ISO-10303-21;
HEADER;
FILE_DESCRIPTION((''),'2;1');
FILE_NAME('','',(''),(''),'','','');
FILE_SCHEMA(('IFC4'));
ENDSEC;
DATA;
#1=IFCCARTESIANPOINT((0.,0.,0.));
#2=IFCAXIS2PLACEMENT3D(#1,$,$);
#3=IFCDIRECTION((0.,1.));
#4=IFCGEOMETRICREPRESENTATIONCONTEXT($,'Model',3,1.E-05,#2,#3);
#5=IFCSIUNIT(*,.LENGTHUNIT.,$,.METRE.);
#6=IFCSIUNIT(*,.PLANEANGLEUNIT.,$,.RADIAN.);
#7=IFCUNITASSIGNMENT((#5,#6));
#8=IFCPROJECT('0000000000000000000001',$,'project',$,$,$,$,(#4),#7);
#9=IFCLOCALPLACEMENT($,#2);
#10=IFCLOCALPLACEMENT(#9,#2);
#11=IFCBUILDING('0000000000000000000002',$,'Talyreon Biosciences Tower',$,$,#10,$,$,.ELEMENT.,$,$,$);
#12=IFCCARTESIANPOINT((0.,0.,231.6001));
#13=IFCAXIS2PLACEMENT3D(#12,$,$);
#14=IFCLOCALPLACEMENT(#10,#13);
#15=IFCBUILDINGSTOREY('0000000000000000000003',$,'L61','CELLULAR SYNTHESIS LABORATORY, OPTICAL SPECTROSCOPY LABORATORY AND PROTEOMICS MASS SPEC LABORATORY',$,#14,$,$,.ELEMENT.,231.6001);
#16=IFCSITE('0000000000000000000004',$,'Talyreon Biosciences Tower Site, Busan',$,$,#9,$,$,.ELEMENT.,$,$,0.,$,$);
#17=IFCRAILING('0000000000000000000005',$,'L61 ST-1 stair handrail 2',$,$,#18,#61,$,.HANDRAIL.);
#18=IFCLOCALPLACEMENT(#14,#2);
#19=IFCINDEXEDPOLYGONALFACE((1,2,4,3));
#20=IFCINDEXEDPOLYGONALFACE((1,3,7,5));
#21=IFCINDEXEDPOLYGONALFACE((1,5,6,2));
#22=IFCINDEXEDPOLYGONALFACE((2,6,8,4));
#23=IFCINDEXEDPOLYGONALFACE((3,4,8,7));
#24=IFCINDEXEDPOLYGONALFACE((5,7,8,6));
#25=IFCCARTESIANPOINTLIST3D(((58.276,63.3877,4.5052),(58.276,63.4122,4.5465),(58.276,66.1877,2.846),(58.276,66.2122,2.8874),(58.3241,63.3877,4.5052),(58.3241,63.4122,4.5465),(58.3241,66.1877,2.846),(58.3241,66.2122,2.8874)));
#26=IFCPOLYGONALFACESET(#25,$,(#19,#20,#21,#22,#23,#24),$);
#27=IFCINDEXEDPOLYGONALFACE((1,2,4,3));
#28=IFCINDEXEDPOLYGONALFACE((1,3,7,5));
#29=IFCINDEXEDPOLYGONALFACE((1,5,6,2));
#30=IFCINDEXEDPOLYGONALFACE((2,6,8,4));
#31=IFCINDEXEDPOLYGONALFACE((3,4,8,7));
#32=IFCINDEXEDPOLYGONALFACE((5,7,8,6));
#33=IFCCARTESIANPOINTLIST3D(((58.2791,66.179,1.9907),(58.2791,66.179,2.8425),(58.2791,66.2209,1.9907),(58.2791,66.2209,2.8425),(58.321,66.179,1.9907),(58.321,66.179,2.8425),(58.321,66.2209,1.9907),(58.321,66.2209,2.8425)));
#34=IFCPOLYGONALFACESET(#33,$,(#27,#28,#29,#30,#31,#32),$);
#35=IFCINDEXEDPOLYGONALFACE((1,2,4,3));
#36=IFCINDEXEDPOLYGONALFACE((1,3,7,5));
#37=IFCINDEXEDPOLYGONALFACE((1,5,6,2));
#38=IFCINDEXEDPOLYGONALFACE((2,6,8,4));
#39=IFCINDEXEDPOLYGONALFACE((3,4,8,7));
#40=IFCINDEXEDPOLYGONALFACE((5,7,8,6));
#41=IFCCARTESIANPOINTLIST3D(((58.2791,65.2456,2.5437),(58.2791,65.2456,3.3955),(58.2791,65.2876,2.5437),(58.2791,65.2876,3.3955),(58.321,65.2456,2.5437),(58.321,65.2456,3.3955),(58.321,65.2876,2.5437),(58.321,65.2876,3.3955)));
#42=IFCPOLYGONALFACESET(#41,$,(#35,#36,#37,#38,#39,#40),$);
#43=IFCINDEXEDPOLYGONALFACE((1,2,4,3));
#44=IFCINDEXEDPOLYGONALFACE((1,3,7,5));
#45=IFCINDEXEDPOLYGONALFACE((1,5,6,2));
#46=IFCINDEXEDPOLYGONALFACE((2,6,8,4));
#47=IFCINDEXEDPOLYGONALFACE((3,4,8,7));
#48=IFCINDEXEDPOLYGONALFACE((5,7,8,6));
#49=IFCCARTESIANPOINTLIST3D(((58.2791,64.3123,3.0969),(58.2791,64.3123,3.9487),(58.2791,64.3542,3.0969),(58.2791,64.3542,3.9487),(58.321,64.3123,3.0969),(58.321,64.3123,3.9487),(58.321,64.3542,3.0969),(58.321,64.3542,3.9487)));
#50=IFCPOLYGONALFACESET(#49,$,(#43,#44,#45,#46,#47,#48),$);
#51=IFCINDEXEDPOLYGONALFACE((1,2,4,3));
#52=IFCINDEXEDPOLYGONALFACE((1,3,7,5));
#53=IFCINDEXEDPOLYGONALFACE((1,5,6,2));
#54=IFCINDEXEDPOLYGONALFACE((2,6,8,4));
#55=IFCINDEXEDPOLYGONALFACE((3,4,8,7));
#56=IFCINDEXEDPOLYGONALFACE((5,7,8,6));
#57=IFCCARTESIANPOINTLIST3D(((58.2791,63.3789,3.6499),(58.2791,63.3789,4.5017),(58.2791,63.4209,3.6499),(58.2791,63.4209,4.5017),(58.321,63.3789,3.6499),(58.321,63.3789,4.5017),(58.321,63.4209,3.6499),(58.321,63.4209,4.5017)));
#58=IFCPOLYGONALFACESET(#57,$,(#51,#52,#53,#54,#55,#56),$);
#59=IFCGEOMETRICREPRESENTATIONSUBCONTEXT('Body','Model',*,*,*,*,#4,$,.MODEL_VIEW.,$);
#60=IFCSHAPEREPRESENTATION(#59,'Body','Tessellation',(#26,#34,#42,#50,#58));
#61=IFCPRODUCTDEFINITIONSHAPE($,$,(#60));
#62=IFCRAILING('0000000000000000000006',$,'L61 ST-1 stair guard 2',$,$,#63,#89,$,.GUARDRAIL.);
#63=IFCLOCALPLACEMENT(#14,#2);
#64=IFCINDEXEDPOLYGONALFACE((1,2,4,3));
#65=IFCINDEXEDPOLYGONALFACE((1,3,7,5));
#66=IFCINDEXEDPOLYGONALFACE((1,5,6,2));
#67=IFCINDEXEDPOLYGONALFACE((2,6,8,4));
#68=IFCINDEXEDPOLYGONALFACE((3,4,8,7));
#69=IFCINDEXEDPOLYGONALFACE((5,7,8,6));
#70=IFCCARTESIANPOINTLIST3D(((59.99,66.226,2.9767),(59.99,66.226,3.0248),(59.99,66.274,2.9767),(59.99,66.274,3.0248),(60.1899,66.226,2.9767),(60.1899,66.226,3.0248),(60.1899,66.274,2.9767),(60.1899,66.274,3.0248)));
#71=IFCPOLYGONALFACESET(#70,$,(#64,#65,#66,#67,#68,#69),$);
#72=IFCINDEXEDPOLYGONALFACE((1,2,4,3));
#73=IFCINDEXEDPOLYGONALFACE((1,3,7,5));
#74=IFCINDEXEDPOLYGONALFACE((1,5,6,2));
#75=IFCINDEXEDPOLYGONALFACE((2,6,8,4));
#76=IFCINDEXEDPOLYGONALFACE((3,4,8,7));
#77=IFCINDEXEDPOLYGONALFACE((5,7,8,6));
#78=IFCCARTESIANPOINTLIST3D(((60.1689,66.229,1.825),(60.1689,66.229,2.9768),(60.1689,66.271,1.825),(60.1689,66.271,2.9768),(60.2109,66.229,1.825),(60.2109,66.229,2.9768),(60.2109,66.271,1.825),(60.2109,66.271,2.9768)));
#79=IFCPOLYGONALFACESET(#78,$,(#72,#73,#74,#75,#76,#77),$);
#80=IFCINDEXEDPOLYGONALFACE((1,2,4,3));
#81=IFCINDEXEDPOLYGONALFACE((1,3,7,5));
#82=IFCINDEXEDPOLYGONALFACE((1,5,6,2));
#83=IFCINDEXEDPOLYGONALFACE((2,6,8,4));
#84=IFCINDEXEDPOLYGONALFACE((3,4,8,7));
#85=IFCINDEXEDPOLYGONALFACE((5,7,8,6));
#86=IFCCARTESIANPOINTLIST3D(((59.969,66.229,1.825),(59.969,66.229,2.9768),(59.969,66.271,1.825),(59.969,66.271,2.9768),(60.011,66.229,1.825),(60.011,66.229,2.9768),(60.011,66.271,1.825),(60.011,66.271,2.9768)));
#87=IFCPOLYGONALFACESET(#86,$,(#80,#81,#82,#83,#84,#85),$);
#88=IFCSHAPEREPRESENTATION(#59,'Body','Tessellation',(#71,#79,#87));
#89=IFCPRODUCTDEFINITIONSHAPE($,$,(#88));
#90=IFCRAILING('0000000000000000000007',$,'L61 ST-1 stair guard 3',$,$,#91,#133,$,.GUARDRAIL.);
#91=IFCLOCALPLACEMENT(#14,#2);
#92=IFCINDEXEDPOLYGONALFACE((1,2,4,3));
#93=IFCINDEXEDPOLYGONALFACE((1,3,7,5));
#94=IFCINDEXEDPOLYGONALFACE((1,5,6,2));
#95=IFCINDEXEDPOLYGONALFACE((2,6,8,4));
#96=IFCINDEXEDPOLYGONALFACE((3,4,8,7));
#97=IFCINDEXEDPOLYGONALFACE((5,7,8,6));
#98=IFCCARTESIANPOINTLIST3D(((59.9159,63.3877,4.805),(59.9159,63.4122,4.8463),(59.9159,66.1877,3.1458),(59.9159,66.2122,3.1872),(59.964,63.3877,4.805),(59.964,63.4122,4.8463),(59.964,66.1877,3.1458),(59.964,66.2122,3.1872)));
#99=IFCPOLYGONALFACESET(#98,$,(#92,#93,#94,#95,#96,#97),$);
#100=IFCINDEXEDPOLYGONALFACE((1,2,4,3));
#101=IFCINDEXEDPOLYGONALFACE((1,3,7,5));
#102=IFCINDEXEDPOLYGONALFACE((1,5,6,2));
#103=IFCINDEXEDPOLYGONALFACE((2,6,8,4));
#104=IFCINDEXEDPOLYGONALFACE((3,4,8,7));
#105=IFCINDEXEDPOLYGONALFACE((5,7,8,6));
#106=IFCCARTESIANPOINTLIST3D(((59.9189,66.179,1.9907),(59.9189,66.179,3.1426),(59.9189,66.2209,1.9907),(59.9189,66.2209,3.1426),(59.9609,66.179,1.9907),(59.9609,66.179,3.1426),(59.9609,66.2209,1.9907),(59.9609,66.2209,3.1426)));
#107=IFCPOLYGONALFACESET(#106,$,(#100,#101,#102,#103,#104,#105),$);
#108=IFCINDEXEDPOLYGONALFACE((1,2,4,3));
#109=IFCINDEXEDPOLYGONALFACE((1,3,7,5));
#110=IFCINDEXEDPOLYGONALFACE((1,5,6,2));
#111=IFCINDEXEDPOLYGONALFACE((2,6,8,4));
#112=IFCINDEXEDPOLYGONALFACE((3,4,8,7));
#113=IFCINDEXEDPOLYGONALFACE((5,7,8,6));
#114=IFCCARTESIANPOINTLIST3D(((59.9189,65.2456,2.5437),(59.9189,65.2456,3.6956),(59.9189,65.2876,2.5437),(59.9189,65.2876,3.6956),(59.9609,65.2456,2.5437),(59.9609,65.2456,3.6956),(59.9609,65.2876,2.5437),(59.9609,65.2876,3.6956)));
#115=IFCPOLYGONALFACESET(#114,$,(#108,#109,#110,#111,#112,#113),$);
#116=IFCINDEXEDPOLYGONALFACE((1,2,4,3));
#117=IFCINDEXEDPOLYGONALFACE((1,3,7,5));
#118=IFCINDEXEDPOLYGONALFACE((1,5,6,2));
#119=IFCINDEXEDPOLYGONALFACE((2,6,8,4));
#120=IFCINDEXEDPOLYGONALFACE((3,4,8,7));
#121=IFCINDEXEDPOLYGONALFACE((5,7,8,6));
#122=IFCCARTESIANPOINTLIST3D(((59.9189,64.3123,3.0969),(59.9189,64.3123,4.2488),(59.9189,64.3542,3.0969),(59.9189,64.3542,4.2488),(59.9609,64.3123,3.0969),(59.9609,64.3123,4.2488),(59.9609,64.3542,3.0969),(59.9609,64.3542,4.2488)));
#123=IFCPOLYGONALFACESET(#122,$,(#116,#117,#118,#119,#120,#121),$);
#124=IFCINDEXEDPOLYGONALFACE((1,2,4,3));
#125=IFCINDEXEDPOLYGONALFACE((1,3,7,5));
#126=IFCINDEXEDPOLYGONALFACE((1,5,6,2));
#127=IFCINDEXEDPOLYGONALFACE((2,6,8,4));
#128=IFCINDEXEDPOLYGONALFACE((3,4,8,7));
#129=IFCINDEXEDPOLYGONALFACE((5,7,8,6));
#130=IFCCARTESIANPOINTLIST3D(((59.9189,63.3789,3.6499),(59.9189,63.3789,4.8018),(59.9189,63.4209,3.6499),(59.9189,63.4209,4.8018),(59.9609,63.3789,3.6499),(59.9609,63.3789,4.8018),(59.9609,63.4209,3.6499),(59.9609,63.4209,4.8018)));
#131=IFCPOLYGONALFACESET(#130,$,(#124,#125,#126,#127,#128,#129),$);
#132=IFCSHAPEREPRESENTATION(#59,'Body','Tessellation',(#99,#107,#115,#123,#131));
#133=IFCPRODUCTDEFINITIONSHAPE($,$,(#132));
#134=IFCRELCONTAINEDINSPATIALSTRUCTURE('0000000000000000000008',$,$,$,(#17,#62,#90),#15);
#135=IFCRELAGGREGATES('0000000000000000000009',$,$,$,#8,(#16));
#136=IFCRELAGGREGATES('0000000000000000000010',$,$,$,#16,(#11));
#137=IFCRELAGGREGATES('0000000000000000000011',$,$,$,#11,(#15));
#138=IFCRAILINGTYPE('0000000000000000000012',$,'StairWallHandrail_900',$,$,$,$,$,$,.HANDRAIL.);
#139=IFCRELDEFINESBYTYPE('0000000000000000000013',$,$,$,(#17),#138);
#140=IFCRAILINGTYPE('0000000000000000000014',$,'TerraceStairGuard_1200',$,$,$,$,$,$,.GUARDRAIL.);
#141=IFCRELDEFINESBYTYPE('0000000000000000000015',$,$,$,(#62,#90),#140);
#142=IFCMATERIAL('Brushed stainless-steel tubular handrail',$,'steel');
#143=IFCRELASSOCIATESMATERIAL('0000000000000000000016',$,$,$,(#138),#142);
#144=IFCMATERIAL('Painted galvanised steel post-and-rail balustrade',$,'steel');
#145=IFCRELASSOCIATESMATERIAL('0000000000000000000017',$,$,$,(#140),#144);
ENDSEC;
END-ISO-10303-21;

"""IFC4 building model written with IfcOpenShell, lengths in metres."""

from ifc_helpers import new_model, si_unit, direction, frame, origin, origin_2d, place, context, subcontext, project, spatial, rectangle, extrude, material, type_object, element, save


model = new_model("IFC4")

# Units and contexts
model_context = context("Model", 3, precision=1e-05, world=origin(), true_north=direction((0.0, 1.0)))
body_context = subcontext(model_context, "Body", "Model", "MODEL_VIEW")
ifc_project = project(units=[si_unit("LENGTHUNIT", "METRE"), si_unit("PLANEANGLEUNIT", "RADIAN")], contexts=[model_context])

# Site, building, storey
site_placement = place(None, origin())
site = spatial("IfcSite", under=ifc_project, at=site_placement, Name="Talyreon Biosciences Tower Site, Busan", CompositionType="ELEMENT", RefElevation=0.0)
building_placement = place(site_placement, origin())
building = spatial("IfcBuilding", under=site, at=building_placement, Name="Talyreon Biosciences Tower", CompositionType="ELEMENT")
storey_placement = place(building_placement, frame((0.0, 0.0, 231.6001)))
storey = spatial("IfcBuildingStorey", under=building, at=storey_placement, Name="L61", Description="CELLULAR SYNTHESIS LABORATORY, OPTICAL SPECTROSCOPY LABORATORY AND PROTEOMICS MASS SPEC LABORATORY", CompositionType="ELEMENT", Elevation=231.6001)

# Railings
ifc_material_1 = material(Name="Brushed stainless-steel tubular handrail", Category="steel")
railing_type_1 = type_object("IfcRailingType", Name="StairWallHandrail_900", PredefinedType="HANDRAIL", material=ifc_material_1)
railing_1_placement = place(storey_placement, frame((58.3, 66.2, 1.9907)))
element("IfcRailing", 1, at=railing_1_placement, inside=storey, type_object=railing_type_1, Name="L61 ST-1 stair handrail 2", PredefinedType="HANDRAIL", context=body_context, shape_type="SweptSolid", body=[
    extrude(rectangle(XDim=0.0481, YDim=0.0481, at=origin_2d()), frame((0.0, 0.0, 0.876), z_axis=(0.0, -0.860306, 0.509778), x_axis=(1.0, 0.0, 0.0)), (0.0, 0.0, 1.0), 3.2546),
    extrude(rectangle(XDim=0.042, YDim=0.042, at=origin_2d()), origin(), (0.0, 0.0, 1.0), 0.8518),
    extrude(rectangle(XDim=0.042, YDim=0.042, at=origin_2d()), frame((0.0, -0.9333, 0.553)), (0.0, 0.0, 1.0), 0.8518),
    extrude(rectangle(XDim=0.042, YDim=0.042, at=origin_2d()), frame((0.0, -1.8667, 1.1062)), (0.0, 0.0, 1.0), 0.8518),
    extrude(rectangle(XDim=0.042, YDim=0.042, at=origin_2d()), frame((0.0, -2.8, 1.6592)), (0.0, 0.0, 1.0), 0.8518),
])
ifc_material_2 = material(Name="Painted galvanised steel post-and-rail balustrade", Category="steel")
railing_type_2 = type_object("IfcRailingType", Name="TerraceStairGuard_1200", PredefinedType="GUARDRAIL", material=ifc_material_2)
railing_2_placement = place(storey_placement, frame((60.1899, 66.25, 1.825)))
element("IfcRailing", 2, at=railing_2_placement, inside=storey, type_object=railing_type_2, Name="L61 ST-1 stair guard 2", PredefinedType="GUARDRAIL", context=body_context, shape_type="SweptSolid", body=[
    extrude(rectangle(XDim=0.0481, YDim=0.0481, at=origin_2d()), frame((0.0, 0.0, 1.1758), z_axis=(-1.0, 0.0, 0.0), x_axis=(0.0, -1.0, 0.0)), (0.0, 0.0, 1.0), 0.2),
    extrude(rectangle(XDim=0.042, YDim=0.042, at=origin_2d()), origin(), (0.0, 0.0, 1.0), 1.1519),
    extrude(rectangle(XDim=0.042, YDim=0.042, at=origin_2d()), frame((-0.2, 0.0, 0.0)), (0.0, 0.0, 1.0), 1.1519),
])
railing_3_placement = place(storey_placement, frame((59.9399, 66.2, 1.9907)))
element("IfcRailing", 3, at=railing_3_placement, inside=storey, type_object=railing_type_2, Name="L61 ST-1 stair guard 3", PredefinedType="GUARDRAIL", context=body_context, shape_type="SweptSolid", body=[
    extrude(rectangle(XDim=0.0481, YDim=0.0481, at=origin_2d()), frame((0.0, 0.0, 1.1758), z_axis=(0.0, -0.860306, 0.509778), x_axis=(1.0, 0.0, 0.0)), (0.0, 0.0, 1.0), 3.2546),
    extrude(rectangle(XDim=0.042, YDim=0.042, at=origin_2d()), origin(), (0.0, 0.0, 1.0), 1.1519),
    extrude(rectangle(XDim=0.042, YDim=0.042, at=origin_2d()), frame((0.0, -0.9333, 0.553)), (0.0, 0.0, 1.0), 1.1519),
    extrude(rectangle(XDim=0.042, YDim=0.042, at=origin_2d()), frame((0.0, -1.8667, 1.1062)), (0.0, 0.0, 1.0), 1.1519),
    extrude(rectangle(XDim=0.042, YDim=0.042, at=origin_2d()), frame((0.0, -2.8, 1.6592)), (0.0, 0.0, 1.0), 1.1519),
])

save(model, "model.ifc")
